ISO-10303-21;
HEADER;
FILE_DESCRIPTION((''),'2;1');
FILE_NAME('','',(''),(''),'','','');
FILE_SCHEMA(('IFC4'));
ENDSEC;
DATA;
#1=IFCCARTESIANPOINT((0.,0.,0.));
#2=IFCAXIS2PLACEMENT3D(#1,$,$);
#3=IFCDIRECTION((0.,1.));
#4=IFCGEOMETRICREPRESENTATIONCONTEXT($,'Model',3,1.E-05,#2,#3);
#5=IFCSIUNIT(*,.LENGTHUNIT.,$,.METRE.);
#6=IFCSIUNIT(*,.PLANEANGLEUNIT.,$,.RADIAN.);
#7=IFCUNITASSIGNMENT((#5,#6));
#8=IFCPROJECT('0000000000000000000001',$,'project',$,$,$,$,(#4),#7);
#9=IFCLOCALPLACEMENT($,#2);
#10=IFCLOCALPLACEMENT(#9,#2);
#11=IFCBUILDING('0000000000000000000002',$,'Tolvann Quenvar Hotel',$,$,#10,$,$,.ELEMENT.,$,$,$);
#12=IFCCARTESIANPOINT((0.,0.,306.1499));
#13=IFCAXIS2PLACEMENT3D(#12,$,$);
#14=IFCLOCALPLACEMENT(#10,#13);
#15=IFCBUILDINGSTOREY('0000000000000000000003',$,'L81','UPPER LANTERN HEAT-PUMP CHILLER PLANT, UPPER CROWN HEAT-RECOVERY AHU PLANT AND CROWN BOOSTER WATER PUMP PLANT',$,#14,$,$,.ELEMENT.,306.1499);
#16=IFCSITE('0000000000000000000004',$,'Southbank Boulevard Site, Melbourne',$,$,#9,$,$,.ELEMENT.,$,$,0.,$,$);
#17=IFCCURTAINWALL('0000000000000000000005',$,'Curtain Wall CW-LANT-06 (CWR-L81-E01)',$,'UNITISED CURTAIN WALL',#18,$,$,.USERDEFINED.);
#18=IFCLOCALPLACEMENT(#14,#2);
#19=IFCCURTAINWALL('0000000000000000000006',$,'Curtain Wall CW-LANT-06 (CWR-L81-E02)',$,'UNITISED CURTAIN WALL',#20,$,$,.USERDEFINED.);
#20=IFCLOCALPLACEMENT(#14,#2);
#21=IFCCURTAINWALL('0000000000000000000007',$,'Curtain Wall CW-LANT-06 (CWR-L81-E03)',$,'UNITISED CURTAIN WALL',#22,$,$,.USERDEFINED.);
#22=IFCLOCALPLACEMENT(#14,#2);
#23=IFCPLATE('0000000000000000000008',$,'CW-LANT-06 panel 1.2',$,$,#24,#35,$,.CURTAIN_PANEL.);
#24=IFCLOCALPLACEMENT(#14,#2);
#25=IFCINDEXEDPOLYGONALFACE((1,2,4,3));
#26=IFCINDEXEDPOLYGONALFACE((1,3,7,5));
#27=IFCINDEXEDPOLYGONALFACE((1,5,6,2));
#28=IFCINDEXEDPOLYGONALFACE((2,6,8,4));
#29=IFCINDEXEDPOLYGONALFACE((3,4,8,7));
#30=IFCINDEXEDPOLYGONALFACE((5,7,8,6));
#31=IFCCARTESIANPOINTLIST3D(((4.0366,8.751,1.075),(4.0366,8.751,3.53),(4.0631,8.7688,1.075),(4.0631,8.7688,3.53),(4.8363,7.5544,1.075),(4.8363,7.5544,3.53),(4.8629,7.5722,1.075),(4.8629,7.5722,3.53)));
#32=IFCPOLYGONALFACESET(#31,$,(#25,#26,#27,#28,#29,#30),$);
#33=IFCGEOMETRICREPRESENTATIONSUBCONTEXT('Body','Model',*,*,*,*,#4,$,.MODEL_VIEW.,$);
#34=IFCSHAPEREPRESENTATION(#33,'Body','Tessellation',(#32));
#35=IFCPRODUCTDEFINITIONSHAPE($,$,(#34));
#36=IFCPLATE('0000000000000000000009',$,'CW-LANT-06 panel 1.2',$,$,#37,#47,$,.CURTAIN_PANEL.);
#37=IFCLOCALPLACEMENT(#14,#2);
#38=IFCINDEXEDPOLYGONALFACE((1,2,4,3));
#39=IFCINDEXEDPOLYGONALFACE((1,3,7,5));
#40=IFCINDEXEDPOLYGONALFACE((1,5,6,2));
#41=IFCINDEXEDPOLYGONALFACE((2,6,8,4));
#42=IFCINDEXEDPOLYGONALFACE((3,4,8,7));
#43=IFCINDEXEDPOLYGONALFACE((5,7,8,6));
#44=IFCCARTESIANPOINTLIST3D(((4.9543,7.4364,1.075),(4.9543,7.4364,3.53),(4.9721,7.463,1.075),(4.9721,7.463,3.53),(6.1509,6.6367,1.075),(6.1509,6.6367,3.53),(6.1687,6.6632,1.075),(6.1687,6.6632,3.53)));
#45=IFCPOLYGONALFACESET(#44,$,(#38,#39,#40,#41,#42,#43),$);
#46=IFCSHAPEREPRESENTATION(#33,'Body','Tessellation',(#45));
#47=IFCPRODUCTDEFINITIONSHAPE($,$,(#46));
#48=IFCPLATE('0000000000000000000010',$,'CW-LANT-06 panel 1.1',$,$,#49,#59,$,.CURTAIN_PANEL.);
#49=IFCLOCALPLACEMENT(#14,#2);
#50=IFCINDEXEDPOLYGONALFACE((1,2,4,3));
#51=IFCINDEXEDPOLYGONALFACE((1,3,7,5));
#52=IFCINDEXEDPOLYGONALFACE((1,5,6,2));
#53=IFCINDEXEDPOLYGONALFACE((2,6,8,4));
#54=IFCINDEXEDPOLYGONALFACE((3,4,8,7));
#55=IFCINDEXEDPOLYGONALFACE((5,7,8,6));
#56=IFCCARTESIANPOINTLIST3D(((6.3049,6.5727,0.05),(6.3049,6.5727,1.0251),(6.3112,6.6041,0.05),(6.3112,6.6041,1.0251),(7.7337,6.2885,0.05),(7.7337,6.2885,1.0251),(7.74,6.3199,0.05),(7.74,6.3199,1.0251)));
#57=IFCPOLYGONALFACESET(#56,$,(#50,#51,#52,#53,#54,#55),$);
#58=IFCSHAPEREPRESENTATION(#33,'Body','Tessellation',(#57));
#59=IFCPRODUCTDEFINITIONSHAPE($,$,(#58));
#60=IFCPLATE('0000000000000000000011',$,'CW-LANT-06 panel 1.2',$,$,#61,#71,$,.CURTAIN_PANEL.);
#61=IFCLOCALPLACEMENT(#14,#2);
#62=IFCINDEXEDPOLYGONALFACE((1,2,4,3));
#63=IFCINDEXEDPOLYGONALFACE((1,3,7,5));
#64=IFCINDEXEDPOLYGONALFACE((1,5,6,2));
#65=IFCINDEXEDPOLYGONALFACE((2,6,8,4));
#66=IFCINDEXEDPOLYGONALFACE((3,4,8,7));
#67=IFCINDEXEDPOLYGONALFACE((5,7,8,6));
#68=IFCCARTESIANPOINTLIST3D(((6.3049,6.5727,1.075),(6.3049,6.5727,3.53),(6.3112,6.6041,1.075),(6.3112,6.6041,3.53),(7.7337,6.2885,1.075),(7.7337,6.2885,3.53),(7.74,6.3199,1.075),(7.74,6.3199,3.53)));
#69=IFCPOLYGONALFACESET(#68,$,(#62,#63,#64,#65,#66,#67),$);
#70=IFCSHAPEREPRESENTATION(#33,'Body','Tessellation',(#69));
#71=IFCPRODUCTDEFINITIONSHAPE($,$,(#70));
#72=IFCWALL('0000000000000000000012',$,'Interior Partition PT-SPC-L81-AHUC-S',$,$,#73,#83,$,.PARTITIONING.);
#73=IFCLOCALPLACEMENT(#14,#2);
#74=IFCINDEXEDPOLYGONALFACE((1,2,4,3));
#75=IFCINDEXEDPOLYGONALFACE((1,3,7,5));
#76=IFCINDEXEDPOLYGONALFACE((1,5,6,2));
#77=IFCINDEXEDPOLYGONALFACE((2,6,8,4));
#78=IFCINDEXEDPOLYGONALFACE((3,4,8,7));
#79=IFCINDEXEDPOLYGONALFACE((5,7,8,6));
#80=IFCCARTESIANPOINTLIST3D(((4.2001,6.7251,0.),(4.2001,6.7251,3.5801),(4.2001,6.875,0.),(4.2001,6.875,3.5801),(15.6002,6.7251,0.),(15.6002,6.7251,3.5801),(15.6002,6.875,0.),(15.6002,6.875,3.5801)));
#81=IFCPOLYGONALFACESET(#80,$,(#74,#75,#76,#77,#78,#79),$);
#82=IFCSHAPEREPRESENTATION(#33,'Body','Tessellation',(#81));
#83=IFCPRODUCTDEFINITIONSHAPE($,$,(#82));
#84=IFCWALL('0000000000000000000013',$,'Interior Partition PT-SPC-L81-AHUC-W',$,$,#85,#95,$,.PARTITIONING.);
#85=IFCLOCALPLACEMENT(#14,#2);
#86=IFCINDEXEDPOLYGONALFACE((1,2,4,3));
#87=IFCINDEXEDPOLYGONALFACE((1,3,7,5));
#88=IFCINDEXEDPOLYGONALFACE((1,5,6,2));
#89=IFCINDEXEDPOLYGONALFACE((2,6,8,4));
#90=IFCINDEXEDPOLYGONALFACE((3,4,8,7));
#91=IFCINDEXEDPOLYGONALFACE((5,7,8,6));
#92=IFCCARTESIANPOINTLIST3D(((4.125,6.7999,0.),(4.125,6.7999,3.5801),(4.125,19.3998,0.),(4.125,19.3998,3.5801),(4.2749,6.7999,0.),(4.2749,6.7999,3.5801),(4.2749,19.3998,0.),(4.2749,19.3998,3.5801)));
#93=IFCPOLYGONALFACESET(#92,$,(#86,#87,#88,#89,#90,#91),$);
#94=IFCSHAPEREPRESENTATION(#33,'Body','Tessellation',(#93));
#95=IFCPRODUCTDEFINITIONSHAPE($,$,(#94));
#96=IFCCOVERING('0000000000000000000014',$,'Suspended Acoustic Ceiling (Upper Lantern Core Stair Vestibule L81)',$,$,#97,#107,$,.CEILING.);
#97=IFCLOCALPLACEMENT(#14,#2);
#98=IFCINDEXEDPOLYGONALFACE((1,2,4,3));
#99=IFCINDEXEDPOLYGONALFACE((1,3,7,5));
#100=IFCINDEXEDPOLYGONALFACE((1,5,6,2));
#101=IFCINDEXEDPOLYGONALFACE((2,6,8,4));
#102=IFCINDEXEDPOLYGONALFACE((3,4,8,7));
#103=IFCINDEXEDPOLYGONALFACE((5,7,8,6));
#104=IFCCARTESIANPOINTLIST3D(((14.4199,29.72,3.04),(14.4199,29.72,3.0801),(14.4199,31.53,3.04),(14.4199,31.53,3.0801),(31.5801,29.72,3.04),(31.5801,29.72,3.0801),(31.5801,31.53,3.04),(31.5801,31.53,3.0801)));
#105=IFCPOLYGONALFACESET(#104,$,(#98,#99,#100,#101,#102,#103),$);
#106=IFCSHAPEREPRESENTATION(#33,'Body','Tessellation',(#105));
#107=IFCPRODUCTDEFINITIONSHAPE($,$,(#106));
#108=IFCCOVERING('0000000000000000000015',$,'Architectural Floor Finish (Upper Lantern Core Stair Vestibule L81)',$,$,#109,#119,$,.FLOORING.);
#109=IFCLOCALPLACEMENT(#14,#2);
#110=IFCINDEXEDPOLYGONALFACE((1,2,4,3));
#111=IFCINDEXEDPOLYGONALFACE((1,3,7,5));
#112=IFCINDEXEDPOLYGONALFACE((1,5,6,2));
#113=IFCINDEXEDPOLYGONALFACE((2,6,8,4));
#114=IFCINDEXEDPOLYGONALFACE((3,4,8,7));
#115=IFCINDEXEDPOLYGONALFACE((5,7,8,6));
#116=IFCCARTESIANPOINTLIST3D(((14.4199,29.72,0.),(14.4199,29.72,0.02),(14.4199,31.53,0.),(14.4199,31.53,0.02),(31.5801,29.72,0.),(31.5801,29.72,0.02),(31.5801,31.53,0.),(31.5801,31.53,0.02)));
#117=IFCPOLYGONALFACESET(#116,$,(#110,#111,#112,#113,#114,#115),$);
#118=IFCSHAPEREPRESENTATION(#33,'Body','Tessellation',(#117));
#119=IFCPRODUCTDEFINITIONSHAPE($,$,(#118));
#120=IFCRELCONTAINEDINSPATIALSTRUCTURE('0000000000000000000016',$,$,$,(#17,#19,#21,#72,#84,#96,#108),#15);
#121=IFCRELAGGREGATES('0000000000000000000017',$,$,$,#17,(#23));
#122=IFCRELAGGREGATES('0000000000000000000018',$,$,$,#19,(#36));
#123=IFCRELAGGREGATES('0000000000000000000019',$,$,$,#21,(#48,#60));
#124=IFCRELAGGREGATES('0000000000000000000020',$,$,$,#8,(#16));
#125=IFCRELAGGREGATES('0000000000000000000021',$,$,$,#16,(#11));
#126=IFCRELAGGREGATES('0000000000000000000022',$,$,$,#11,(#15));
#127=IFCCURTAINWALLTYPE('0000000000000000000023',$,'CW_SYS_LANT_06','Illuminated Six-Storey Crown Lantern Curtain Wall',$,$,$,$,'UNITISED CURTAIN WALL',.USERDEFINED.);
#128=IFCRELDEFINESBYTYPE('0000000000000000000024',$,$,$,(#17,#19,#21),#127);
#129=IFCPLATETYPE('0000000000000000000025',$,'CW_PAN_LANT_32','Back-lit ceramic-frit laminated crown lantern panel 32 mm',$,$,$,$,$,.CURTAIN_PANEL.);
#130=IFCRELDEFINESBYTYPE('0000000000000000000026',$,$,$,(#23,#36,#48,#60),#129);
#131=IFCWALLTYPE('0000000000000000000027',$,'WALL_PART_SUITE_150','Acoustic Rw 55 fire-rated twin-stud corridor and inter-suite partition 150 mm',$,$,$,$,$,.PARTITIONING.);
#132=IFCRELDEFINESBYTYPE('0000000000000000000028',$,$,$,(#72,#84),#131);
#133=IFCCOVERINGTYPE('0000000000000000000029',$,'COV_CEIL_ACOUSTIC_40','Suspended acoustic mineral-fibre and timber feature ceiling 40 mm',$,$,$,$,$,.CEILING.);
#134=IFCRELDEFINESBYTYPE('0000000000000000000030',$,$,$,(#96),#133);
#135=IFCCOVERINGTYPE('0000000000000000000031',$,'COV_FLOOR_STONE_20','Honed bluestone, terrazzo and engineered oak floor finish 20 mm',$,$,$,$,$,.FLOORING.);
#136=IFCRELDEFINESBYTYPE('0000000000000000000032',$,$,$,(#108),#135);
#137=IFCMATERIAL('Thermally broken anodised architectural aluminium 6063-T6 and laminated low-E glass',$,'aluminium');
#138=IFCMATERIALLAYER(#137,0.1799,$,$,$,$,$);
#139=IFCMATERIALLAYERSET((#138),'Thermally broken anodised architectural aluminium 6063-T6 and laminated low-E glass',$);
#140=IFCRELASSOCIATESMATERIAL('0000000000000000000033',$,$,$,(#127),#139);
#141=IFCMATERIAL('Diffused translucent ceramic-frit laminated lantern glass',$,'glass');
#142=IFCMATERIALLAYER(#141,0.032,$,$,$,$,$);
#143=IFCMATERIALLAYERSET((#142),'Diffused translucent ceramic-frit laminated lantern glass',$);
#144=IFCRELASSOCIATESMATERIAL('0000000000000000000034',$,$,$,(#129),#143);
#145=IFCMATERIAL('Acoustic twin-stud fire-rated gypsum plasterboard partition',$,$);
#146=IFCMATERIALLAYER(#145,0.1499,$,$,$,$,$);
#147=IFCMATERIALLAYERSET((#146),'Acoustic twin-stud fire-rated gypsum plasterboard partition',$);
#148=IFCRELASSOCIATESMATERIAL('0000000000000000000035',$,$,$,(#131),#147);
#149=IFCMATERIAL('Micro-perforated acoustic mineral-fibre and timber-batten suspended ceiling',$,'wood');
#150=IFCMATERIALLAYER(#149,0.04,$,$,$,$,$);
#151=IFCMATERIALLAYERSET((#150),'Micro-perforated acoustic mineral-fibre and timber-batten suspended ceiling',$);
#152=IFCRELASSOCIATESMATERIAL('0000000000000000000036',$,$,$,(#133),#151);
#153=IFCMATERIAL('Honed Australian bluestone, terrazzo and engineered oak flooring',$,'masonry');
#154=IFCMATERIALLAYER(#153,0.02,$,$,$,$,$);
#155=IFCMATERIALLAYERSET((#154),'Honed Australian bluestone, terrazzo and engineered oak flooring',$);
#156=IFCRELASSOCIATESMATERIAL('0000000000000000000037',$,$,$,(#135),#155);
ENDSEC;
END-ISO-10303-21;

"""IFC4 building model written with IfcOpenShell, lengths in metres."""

from ifc_helpers import new_model, si_unit, direction, frame, frame_2d, origin, origin_2d, place, context, subcontext, project, spatial, polyline, rectangle, outline, extrude, source, transform, mapped, material, layer, layer_set, type_object, element, aggregate, save


model = new_model("IFC4")

# Units and contexts
model_context = context("Model", 3, precision=1e-05, world=origin(), true_north=direction((0.0, 1.0)))
body_context = subcontext(model_context, "Body", "Model", "MODEL_VIEW")
ifc_project = project(units=[si_unit("LENGTHUNIT", "METRE"), si_unit("PLANEANGLEUNIT", "RADIAN")], contexts=[model_context])

# Site, building, storey
site_placement = place(None, origin())
site = spatial("IfcSite", under=ifc_project, at=site_placement, Name="Southbank Boulevard Site, Melbourne", CompositionType="ELEMENT", RefElevation=0.0)
building_placement = place(site_placement, origin())
building = spatial("IfcBuilding", under=site, at=building_placement, Name="Tolvann Quenvar Hotel", CompositionType="ELEMENT")
storey_placement = place(building_placement, frame((0.0, 0.0, 306.1499)))
storey = spatial("IfcBuildingStorey", under=building, at=storey_placement, Name="L81", Description="UPPER LANTERN HEAT-PUMP CHILLER PLANT, UPPER CROWN HEAT-RECOVERY AHU PLANT AND CROWN BOOSTER WATER PUMP PLANT", CompositionType="ELEMENT", Elevation=306.1499)

# Curtain wall
ifc_material_1 = material(Name="Thermally broken anodised architectural aluminium 6063-T6 and laminated low-E glass", Category="aluminium")
ifc_layer_1 = layer(ifc_material_1, 0.1799)
ifc_layer_set_1 = layer_set([ifc_layer_1], Name="Thermally broken anodised architectural aluminium 6063-T6 and laminated low-E glass")
curtain_wall_type = type_object("IfcCurtainWallType", Name="CW_SYS_LANT_06", Description="Illuminated Six-Storey Crown Lantern Curtain Wall", ElementType="UNITISED CURTAIN WALL", PredefinedType="USERDEFINED", material=ifc_layer_set_1)
curtain_wall_1_placement = place(storey_placement, origin())
curtain_wall_1 = element("IfcCurtainWall", 1, at=curtain_wall_1_placement, inside=storey, type_object=curtain_wall_type, Name="Curtain Wall CW-LANT-06 (CWR-L81-E01)", ObjectType="UNITISED CURTAIN WALL", PredefinedType="USERDEFINED")

# Curtain wall
curtain_wall_2_placement = place(storey_placement, origin())
curtain_wall_2 = element("IfcCurtainWall", 2, at=curtain_wall_2_placement, inside=storey, type_object=curtain_wall_type, Name="Curtain Wall CW-LANT-06 (CWR-L81-E02)", ObjectType="UNITISED CURTAIN WALL", PredefinedType="USERDEFINED")

# Curtain wall
curtain_wall_3_placement = place(storey_placement, origin())
curtain_wall_3 = element("IfcCurtainWall", 3, at=curtain_wall_3_placement, inside=storey, type_object=curtain_wall_type, Name="Curtain Wall CW-LANT-06 (CWR-L81-E03)", ObjectType="UNITISED CURTAIN WALL", PredefinedType="USERDEFINED")

# Plates
ifc_material_2 = material(Name="Diffused translucent ceramic-frit laminated lantern glass", Category="glass")
ifc_layer_2 = layer(ifc_material_2, 0.032)
ifc_layer_set_2 = layer_set([ifc_layer_2], Name="Diffused translucent ceramic-frit laminated lantern glass")
plate_type = type_object("IfcPlateType", Name="CW_PAN_LANT_32", Description="Back-lit ceramic-frit laminated crown lantern panel 32 mm", PredefinedType="CURTAIN_PANEL", material=ifc_layer_set_2)
shared_shape_1 = source(origin(), body_context, "Body", "SweptSolid", [
    extrude(rectangle(XDim=1.4392, YDim=0.032, at=origin_2d()), origin(), (0.0, 0.0, 1.0), 2.4551),
])
plate_1_placement = place(storey_placement, frame((4.4497, 8.1616, 1.075), z_axis=(0.0, 0.0, 1.0), x_axis=(0.555656, -0.831412, 0.0)))
plate_1 = element("IfcPlate", 4, at=plate_1_placement, type_object=plate_type, Name="CW-LANT-06 panel 1.2", PredefinedType="CURTAIN_PANEL", context=body_context, shape_type="MappedRepresentation", body=[
    mapped(shared_shape_1, transform((0.0, 0.0, 0.0), x_axis=(1.0, 0.0, 0.0), y_axis=(0.0, 1.0, 0.0), z_axis=(0.0, 0.0, 1.0), scale=1.0)),
])
aggregate(curtain_wall_1, [plate_1])
plate_2_placement = place(storey_placement, frame((5.5615, 7.0498, 1.075), z_axis=(0.0, 0.0, 1.0), x_axis=(0.831412, -0.555656, 0.0)))
plate_2 = element("IfcPlate", 5, at=plate_2_placement, type_object=plate_type, Name="CW-LANT-06 panel 1.2", PredefinedType="CURTAIN_PANEL", context=body_context, shape_type="MappedRepresentation", body=[
    mapped(shared_shape_1, transform((0.0, 0.0, 0.0), x_axis=(1.0, 0.0, 0.0), y_axis=(0.0, 1.0, 0.0), z_axis=(0.0, 0.0, 1.0), scale=1.0)),
])
aggregate(curtain_wall_2, [plate_2])
shared_shape_2 = source(origin(), body_context, "Body", "SweptSolid", [
    extrude(rectangle(XDim=1.4568, YDim=0.032, at=origin_2d()), origin(), (0.0, 0.0, 1.0), 0.9751),
])
plate_3_placement = place(storey_placement, frame((7.0225, 6.4463, 0.05), z_axis=(0.0, 0.0, 1.0), x_axis=(0.980791, -0.195062, 0.0)))
plate_3 = element("IfcPlate", 6, at=plate_3_placement, type_object=plate_type, Name="CW-LANT-06 panel 1.1", PredefinedType="CURTAIN_PANEL", context=body_context, shape_type="MappedRepresentation", body=[
    mapped(shared_shape_2, transform((0.0, 0.0, 0.0), x_axis=(1.0, 0.0, 0.0), y_axis=(0.0, 1.0, 0.0), z_axis=(0.0, 0.0, 1.0), scale=1.0)),
])
shared_shape_3 = source(origin(), body_context, "Body", "SweptSolid", [
    extrude(rectangle(XDim=1.4568, YDim=0.032, at=origin_2d()), origin(), (0.0, 0.0, 1.0), 2.4551),
])
plate_4_placement = place(storey_placement, frame((7.0225, 6.4463, 1.075), z_axis=(0.0, 0.0, 1.0), x_axis=(0.980791, -0.195062, 0.0)))
plate_4 = element("IfcPlate", 7, at=plate_4_placement, type_object=plate_type, Name="CW-LANT-06 panel 1.2", PredefinedType="CURTAIN_PANEL", context=body_context, shape_type="MappedRepresentation", body=[
    mapped(shared_shape_3, transform((0.0, 0.0, 0.0), x_axis=(1.0, 0.0, 0.0), y_axis=(0.0, 1.0, 0.0), z_axis=(0.0, 0.0, 1.0), scale=1.0)),
])
aggregate(curtain_wall_3, [plate_3, plate_4])

# Walls
ifc_material_3 = material(Name="Acoustic twin-stud fire-rated gypsum plasterboard partition")
ifc_layer_3 = layer(ifc_material_3, 0.1499)
ifc_layer_set_3 = layer_set([ifc_layer_3], Name="Acoustic twin-stud fire-rated gypsum plasterboard partition")
wall_type = type_object("IfcWallType", Name="WALL_PART_SUITE_150", Description="Acoustic Rw 55 fire-rated twin-stud corridor and inter-suite partition 150 mm", PredefinedType="PARTITIONING", material=ifc_layer_set_3)
wall_1_placement = place(storey_placement, frame((4.2, 6.8, 0.0), z_axis=(0.0, 0.0, 1.0), x_axis=(1.0, 0.0, 0.0)))
element("IfcWall", 8, at=wall_1_placement, inside=storey, type_object=wall_type, Name="Interior Partition PT-SPC-L81-AHUC-S", PredefinedType="PARTITIONING", context=body_context, shape_type="SweptSolid", body=[
    extrude(rectangle(XDim=11.4001, YDim=0.1499, at=frame_2d((5.7002, 0.0))), origin(), (0.0, 0.0, 1.0), 3.5801),
])
wall_2_placement = place(storey_placement, frame((4.2, 6.8, 0.0), z_axis=(0.0, 0.0, 1.0), x_axis=(0.0, 1.0, 0.0)))
element("IfcWall", 9, at=wall_2_placement, inside=storey, type_object=wall_type, Name="Interior Partition PT-SPC-L81-AHUC-W", PredefinedType="PARTITIONING", context=body_context, shape_type="SweptSolid", body=[
    extrude(rectangle(XDim=12.5999, YDim=0.1499, at=frame_2d((6.2998, 0.0))), origin(), (0.0, 0.0, 1.0), 3.5801),
])

# Coverings
ifc_material_4 = material(Name="Micro-perforated acoustic mineral-fibre and timber-batten suspended ceiling", Category="wood")
ifc_layer_4 = layer(ifc_material_4, 0.04)
ifc_layer_set_4 = layer_set([ifc_layer_4], Name="Micro-perforated acoustic mineral-fibre and timber-batten suspended ceiling")
covering_type_1 = type_object("IfcCoveringType", Name="COV_CEIL_ACOUSTIC_40", Description="Suspended acoustic mineral-fibre and timber feature ceiling 40 mm", PredefinedType="CEILING", material=ifc_layer_set_4)
covering_1_placement = place(storey_placement, frame((0.0, 0.0, 3.04)))
element("IfcCovering", 10, at=covering_1_placement, inside=storey, type_object=covering_type_1, Name="Suspended Acoustic Ceiling (Upper Lantern Core Stair Vestibule L81)", PredefinedType="CEILING", context=body_context, shape_type="SweptSolid", body=[
    extrude(outline(polyline([(14.4199, 29.72), (31.5801, 29.72), (31.5801, 31.53), (14.4199, 31.53), (14.4199, 29.72)])), origin(), (0.0, 0.0, 1.0), 0.04),
])
ifc_material_5 = material(Name="Honed Australian bluestone, terrazzo and engineered oak flooring", Category="masonry")
ifc_layer_5 = layer(ifc_material_5, 0.02)
ifc_layer_set_5 = layer_set([ifc_layer_5], Name="Honed Australian bluestone, terrazzo and engineered oak flooring")
covering_type_2 = type_object("IfcCoveringType", Name="COV_FLOOR_STONE_20", Description="Honed bluestone, terrazzo and engineered oak floor finish 20 mm", PredefinedType="FLOORING", material=ifc_layer_set_5)
covering_2_placement = place(storey_placement, origin())
element("IfcCovering", 11, at=covering_2_placement, inside=storey, type_object=covering_type_2, Name="Architectural Floor Finish (Upper Lantern Core Stair Vestibule L81)", PredefinedType="FLOORING", context=body_context, shape_type="SweptSolid", body=[
    extrude(outline(polyline([(14.4199, 29.72), (31.5801, 29.72), (31.5801, 31.53), (14.4199, 31.53), (14.4199, 29.72)])), origin(), (0.0, 0.0, 1.0), 0.02),
])

save(model, "model.ifc")
